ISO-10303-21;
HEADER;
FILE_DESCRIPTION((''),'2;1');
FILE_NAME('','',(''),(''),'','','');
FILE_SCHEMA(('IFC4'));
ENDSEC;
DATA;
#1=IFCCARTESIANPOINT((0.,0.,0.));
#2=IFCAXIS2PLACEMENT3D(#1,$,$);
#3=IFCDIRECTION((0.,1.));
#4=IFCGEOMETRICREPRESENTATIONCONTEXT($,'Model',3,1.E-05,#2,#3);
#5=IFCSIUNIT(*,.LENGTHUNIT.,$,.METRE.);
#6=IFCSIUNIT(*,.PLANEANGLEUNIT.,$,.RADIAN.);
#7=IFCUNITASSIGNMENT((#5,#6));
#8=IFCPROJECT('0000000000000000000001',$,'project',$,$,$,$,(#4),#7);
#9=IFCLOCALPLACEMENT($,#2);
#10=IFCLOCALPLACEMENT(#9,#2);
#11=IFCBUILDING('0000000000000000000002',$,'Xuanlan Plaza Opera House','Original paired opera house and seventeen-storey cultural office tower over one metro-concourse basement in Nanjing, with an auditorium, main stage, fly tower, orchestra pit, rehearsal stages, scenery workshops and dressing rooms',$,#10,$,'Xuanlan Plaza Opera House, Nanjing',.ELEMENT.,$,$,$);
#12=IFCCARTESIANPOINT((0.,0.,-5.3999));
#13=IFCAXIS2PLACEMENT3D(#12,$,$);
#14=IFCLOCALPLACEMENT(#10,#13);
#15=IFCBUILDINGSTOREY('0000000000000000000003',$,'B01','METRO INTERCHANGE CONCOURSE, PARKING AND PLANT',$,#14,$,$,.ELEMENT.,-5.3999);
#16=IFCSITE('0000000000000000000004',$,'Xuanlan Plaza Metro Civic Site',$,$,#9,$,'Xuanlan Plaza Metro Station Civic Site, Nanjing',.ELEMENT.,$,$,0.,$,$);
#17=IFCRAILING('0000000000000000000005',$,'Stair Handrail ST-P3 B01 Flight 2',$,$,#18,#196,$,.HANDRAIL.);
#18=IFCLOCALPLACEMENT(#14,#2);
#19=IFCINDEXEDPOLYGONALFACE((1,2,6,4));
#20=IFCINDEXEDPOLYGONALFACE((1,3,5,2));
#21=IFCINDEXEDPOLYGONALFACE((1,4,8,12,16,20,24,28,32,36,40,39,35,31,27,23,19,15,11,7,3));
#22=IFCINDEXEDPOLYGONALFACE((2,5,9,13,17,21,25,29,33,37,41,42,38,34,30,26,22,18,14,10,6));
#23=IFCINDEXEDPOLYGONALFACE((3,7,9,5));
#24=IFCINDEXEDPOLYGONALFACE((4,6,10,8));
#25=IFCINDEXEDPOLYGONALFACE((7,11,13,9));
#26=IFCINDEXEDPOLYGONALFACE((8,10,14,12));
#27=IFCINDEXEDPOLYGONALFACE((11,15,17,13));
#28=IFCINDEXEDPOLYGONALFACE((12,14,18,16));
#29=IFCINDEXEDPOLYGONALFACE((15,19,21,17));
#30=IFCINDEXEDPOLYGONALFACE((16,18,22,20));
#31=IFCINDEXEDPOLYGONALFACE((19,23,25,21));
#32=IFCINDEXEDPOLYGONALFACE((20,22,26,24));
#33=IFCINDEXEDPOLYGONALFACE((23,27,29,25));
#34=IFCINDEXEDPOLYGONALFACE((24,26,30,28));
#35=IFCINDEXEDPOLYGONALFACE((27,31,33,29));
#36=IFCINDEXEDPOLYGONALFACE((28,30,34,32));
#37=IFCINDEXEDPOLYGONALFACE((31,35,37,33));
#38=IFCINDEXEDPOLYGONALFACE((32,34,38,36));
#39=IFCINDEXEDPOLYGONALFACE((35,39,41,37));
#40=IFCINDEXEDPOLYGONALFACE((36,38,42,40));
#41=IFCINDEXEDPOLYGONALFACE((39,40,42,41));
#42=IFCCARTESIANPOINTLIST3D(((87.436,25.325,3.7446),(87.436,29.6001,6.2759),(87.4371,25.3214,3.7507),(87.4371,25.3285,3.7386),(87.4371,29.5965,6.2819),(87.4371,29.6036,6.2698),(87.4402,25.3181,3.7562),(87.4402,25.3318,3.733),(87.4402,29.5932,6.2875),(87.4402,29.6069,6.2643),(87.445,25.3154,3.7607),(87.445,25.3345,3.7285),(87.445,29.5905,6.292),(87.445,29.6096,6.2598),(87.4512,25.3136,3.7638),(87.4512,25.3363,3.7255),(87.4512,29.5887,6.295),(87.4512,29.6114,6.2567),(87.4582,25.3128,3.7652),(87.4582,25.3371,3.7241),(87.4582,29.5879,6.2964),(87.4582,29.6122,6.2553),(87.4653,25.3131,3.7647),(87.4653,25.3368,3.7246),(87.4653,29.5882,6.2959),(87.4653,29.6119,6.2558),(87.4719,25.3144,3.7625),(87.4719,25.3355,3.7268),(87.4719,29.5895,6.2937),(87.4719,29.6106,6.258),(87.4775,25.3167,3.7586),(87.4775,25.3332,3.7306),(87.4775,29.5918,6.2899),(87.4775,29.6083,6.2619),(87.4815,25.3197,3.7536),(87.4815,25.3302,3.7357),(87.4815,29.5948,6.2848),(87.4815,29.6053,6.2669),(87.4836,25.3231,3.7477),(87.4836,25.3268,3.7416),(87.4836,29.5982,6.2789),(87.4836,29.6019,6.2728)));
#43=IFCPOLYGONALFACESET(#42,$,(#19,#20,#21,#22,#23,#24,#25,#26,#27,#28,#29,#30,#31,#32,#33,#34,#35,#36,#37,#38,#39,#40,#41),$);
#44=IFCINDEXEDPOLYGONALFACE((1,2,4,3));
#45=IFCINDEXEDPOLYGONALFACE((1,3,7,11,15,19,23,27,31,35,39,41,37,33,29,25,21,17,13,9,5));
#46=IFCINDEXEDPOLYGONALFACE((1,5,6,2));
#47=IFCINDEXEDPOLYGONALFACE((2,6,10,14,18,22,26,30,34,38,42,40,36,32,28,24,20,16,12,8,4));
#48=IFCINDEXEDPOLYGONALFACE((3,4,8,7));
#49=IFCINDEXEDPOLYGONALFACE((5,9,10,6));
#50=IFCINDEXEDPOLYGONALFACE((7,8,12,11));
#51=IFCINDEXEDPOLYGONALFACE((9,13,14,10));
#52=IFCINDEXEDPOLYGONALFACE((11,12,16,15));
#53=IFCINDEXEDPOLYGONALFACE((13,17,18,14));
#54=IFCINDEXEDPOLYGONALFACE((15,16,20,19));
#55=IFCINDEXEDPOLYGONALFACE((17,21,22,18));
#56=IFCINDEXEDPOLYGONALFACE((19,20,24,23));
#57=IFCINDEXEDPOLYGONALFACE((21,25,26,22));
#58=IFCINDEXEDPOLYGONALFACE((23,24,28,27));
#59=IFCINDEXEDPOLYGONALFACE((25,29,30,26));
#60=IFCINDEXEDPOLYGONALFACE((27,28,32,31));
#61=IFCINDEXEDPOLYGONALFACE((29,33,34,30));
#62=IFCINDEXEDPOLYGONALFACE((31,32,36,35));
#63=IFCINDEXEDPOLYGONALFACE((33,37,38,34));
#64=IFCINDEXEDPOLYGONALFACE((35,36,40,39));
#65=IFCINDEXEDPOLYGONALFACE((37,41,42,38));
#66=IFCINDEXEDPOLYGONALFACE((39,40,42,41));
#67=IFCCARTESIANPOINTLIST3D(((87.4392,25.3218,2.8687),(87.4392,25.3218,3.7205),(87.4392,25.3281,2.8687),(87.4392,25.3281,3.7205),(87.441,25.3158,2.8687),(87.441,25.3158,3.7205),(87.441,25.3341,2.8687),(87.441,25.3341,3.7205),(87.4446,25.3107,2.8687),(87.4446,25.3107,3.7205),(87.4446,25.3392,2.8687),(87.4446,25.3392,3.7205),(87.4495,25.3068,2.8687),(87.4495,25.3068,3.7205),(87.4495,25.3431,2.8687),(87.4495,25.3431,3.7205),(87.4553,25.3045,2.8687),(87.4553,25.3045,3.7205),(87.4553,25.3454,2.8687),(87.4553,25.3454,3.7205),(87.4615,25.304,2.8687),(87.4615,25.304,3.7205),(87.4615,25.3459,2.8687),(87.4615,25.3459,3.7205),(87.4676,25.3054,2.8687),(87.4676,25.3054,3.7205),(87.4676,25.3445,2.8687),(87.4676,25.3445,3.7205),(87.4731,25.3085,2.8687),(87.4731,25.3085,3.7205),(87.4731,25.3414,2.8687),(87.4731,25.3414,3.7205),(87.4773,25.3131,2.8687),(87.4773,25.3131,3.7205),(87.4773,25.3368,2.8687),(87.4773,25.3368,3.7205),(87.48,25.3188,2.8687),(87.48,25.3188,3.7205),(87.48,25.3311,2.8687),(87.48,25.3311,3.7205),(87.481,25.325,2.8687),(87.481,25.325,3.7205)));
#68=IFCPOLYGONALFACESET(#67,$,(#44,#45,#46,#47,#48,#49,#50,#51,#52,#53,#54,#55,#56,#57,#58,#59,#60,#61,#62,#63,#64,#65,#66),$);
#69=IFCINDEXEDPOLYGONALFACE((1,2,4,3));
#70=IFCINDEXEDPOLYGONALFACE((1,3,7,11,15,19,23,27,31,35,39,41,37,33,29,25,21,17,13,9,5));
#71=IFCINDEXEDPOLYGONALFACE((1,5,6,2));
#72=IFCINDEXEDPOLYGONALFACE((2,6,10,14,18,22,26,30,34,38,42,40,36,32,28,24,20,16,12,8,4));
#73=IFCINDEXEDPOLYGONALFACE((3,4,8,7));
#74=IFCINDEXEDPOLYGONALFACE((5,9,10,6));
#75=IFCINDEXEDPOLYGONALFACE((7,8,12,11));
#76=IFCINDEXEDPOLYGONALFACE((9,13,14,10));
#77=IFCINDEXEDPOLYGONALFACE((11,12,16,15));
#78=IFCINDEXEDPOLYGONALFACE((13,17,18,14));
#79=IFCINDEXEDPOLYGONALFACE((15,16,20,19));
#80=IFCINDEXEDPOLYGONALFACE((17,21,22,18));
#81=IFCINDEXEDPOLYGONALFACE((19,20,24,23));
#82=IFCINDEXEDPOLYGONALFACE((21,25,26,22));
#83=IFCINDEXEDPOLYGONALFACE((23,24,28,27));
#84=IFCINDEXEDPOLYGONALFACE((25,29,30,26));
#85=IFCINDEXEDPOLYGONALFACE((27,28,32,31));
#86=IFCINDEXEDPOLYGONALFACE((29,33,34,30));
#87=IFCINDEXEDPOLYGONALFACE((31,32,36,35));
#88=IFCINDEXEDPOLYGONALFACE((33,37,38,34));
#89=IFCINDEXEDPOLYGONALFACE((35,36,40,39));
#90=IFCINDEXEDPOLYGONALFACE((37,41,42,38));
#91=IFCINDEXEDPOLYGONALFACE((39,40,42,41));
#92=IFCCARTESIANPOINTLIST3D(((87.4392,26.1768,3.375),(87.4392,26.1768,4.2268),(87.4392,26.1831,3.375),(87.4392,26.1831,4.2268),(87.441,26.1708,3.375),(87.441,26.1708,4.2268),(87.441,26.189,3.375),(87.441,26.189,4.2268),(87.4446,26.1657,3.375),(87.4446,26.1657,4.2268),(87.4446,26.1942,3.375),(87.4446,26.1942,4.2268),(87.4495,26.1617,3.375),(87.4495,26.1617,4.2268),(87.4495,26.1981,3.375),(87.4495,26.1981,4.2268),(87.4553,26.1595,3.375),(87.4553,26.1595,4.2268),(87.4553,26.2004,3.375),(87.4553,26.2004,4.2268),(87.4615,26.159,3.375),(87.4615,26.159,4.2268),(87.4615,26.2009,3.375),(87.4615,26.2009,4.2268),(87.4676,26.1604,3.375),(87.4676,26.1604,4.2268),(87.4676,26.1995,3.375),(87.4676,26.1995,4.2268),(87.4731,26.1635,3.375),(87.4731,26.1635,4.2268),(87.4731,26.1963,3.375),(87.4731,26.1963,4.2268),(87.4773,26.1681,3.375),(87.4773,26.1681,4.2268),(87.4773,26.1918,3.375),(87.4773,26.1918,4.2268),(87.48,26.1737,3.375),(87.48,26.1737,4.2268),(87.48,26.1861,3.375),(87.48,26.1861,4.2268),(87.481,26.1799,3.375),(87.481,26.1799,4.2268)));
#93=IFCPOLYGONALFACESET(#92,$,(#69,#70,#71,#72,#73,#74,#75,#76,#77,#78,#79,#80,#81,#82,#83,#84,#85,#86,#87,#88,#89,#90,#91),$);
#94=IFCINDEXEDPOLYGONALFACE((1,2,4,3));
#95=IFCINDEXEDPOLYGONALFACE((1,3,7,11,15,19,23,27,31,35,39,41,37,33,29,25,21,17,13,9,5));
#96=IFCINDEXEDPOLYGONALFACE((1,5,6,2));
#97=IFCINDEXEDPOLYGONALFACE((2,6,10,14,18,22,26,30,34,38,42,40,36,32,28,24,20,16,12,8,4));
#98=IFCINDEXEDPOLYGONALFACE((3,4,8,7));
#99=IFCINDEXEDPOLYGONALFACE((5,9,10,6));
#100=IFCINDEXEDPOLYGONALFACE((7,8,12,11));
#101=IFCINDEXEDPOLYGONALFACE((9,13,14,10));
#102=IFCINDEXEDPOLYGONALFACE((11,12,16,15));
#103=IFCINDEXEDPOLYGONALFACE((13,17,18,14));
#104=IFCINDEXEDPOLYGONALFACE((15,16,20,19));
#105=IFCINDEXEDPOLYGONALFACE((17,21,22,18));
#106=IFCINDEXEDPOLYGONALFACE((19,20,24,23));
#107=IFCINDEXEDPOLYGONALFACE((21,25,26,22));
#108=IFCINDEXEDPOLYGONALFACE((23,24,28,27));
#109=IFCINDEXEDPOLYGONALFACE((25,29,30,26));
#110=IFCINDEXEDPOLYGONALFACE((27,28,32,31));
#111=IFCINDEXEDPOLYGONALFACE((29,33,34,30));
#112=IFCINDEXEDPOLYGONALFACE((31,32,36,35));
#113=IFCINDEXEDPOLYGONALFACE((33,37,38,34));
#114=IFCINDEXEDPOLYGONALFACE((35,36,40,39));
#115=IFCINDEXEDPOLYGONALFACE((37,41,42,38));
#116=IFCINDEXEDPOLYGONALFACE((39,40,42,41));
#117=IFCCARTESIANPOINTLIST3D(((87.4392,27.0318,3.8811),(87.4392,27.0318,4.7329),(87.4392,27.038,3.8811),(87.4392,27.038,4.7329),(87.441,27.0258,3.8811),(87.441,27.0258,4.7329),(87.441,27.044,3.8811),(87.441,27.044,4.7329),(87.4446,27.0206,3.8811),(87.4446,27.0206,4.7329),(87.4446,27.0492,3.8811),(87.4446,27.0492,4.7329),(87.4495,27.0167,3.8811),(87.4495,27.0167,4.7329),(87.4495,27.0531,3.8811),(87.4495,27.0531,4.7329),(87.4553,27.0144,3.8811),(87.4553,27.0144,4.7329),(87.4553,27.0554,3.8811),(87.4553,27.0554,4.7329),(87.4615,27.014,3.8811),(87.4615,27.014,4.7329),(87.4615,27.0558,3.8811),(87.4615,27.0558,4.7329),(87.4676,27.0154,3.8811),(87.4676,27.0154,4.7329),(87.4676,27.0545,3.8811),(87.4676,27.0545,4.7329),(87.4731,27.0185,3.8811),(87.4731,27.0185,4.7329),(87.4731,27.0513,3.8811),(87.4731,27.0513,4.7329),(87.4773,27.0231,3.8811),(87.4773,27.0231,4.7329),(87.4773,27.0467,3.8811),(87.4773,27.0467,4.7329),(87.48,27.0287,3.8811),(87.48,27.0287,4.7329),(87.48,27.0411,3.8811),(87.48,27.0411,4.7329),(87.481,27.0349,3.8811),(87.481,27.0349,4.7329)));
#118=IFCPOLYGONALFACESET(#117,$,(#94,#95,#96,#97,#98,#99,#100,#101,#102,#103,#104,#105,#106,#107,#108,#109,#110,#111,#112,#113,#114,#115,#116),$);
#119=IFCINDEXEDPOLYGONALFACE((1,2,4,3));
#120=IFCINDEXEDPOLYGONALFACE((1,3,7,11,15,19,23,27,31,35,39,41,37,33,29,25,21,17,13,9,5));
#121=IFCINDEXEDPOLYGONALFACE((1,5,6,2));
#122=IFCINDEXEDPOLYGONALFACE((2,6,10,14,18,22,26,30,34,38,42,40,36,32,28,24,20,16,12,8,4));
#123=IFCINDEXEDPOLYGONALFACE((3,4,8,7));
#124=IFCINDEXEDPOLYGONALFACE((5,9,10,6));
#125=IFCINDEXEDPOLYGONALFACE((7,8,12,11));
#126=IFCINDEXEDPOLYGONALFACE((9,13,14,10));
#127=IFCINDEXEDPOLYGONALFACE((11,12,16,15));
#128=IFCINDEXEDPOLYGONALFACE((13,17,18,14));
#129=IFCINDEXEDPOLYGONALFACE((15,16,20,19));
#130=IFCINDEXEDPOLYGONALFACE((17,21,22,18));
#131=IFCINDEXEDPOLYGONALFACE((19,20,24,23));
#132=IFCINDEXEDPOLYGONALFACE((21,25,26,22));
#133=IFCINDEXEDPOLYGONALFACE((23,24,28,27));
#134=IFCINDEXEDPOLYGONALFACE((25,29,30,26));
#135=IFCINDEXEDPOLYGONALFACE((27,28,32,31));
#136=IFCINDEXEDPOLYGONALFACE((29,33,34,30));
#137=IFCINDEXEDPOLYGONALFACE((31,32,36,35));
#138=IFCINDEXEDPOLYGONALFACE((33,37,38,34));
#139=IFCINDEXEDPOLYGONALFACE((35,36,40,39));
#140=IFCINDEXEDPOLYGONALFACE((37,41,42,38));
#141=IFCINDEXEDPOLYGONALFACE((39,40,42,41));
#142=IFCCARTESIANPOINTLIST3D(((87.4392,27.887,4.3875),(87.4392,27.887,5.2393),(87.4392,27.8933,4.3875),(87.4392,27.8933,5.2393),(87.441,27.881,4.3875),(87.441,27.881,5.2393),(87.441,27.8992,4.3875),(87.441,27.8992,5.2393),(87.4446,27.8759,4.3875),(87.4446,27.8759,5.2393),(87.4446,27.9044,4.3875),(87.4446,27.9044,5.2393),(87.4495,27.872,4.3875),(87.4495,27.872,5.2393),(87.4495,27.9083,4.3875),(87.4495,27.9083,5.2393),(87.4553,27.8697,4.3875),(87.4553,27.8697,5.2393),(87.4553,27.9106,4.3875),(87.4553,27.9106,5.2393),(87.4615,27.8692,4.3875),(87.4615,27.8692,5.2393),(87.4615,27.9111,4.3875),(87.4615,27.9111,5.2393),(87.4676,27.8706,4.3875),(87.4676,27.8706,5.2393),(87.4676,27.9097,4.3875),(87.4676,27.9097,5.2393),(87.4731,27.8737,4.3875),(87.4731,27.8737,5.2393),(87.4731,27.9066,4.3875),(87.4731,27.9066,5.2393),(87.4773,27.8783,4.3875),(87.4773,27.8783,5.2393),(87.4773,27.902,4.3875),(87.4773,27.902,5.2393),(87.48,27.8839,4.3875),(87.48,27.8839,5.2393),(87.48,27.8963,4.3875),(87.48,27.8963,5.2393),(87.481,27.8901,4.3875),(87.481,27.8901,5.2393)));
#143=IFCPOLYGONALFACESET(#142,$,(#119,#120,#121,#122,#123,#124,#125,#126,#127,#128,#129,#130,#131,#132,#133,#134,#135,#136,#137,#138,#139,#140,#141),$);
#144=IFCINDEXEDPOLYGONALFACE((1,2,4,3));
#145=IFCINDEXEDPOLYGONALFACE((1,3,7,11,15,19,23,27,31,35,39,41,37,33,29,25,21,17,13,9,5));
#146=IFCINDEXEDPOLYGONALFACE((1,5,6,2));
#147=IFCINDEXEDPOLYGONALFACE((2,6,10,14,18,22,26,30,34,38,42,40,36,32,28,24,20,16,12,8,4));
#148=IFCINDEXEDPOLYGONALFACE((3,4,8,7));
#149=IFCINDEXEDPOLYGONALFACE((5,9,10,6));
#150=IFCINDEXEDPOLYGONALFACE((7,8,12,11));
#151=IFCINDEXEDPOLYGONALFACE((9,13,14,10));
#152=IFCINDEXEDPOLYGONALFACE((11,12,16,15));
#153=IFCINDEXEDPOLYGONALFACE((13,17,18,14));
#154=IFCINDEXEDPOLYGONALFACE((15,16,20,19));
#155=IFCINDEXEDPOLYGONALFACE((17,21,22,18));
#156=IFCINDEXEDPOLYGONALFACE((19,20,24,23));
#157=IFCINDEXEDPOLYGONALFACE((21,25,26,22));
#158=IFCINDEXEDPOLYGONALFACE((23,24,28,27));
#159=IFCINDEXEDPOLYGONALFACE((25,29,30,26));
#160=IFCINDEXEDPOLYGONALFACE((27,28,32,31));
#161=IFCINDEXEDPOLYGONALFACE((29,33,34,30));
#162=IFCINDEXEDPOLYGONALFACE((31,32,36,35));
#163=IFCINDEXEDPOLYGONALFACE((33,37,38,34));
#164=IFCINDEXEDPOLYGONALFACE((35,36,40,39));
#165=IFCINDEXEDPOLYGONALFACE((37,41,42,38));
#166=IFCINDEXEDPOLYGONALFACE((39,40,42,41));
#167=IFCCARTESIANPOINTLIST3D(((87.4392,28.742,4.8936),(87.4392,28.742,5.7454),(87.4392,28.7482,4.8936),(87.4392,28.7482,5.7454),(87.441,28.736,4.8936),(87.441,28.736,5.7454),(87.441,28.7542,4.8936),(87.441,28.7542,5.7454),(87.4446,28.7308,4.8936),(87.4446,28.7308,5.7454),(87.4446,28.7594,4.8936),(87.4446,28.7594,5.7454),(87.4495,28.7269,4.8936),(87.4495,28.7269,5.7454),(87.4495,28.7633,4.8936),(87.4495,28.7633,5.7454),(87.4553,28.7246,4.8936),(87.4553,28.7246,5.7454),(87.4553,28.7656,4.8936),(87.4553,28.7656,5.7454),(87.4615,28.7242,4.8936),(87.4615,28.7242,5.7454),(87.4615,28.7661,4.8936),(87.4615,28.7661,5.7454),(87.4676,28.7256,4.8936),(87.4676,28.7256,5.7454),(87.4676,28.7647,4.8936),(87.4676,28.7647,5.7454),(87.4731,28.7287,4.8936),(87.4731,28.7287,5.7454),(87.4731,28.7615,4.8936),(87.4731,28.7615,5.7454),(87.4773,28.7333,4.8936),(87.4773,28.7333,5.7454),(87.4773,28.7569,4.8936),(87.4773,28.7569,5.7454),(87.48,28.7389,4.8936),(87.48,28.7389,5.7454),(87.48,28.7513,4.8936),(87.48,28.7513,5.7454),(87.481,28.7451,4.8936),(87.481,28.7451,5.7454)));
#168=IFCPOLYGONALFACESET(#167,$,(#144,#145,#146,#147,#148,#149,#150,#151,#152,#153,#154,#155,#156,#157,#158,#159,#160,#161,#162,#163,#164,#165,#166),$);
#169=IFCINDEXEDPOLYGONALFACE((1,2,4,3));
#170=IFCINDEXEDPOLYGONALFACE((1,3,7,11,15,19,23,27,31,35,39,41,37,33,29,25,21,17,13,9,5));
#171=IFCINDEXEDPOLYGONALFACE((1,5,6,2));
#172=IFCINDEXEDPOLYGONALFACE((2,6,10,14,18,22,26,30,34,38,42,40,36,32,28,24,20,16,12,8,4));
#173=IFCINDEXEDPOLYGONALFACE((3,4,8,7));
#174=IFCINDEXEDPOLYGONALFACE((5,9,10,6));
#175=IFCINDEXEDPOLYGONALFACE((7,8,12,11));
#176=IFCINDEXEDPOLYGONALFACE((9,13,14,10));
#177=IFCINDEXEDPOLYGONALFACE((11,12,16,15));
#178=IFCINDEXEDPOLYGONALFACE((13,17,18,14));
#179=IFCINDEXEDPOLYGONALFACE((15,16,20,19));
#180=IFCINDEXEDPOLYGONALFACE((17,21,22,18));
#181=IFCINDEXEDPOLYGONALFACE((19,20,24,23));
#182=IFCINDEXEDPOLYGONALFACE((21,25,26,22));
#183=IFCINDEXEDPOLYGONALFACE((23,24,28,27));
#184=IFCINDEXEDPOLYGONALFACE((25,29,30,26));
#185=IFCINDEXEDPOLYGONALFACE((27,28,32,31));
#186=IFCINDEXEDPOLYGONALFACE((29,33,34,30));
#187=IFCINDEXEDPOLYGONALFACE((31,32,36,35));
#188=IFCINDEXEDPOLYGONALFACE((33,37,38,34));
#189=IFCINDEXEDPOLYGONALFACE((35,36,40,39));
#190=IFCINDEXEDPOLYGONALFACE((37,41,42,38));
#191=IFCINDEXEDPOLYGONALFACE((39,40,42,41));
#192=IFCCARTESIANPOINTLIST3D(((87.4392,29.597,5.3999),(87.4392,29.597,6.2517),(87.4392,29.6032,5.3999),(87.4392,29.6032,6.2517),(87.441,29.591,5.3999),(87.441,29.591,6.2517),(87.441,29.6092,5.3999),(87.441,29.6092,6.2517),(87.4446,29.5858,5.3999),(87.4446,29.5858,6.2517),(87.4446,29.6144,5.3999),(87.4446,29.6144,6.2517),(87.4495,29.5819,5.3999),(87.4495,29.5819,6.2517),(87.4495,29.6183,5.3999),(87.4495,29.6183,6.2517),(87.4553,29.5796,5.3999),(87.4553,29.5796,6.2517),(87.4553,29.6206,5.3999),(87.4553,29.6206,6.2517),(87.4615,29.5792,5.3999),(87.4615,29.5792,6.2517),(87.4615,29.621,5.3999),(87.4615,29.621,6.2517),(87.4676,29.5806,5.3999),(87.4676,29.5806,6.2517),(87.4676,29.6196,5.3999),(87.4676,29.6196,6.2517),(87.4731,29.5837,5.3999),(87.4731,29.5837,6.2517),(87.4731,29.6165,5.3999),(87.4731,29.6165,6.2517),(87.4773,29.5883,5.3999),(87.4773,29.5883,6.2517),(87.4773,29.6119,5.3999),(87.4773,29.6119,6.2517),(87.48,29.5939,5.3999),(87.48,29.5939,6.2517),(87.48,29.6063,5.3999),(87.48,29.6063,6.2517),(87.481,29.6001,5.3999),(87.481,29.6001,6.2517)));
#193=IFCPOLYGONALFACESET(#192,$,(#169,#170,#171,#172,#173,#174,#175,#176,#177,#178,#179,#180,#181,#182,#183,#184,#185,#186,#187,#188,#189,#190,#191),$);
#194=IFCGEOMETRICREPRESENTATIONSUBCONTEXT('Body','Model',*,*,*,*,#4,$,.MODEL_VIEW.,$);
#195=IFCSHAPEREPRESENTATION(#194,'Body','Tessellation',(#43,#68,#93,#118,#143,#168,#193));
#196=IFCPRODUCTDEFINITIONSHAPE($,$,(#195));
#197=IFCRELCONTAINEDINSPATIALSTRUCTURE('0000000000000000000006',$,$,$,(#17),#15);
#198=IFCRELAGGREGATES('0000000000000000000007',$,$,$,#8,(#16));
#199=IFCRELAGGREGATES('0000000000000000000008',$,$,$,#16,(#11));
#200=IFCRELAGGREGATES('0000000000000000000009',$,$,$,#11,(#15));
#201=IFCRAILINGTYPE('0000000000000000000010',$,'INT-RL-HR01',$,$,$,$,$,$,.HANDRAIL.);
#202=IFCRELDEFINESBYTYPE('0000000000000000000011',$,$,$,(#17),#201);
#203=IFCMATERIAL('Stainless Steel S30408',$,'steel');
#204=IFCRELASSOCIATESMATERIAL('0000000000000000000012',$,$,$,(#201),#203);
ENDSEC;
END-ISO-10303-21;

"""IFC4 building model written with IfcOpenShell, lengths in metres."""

from ifc_helpers import new_model, si_unit, direction, frame, origin, origin_2d, place, context, subcontext, project, spatial, circle, extrude, material, type_object, element, save


model = new_model("IFC4")

# Units and contexts
model_context = context("Model", 3, precision=1e-05, world=origin(), true_north=direction((0.0, 1.0)))
body_context = subcontext(model_context, "Body", "Model", "MODEL_VIEW")
ifc_project = project(units=[si_unit("LENGTHUNIT", "METRE"), si_unit("PLANEANGLEUNIT", "RADIAN")], contexts=[model_context])

# Site, building, storey
site_placement = place(None, origin())
site = spatial("IfcSite", under=ifc_project, at=site_placement, Name="Xuanlan Plaza Metro Civic Site", LongName="Xuanlan Plaza Metro Station Civic Site, Nanjing", CompositionType="ELEMENT", RefElevation=0.0)
building_placement = place(site_placement, origin())
building = spatial("IfcBuilding", under=site, at=building_placement, Name="Xuanlan Plaza Opera House", Description="Original paired opera house and seventeen-storey cultural office tower over one metro-concourse basement in Nanjing, with an auditorium, main stage, fly tower, orchestra pit, rehearsal stages, scenery workshops and dressing rooms", LongName="Xuanlan Plaza Opera House, Nanjing", CompositionType="ELEMENT")
storey_placement = place(building_placement, frame((0.0, 0.0, -5.3999)))
storey = spatial("IfcBuildingStorey", under=building, at=storey_placement, Name="B01", Description="METRO INTERCHANGE CONCOURSE, PARKING AND PLANT", CompositionType="ELEMENT", Elevation=-5.3999)

# Railing
ifc_material_1 = material(Name="Stainless Steel S30408", Category="steel")
railing_type = type_object("IfcRailingType", Name="INT-RL-HR01", PredefinedType="HANDRAIL", material=ifc_material_1)
for number, where, name in (
    (1, (87.46, 25.325, 2.8687), "Stair Handrail ST-P3 B01 Flight 2"),
):
    element("IfcRailing", number, at=place(storey_placement, frame(where)), inside=storey, type_object=railing_type, Name=name, PredefinedType="HANDRAIL", context=body_context, shape_type="SweptSolid", body=[
        extrude(circle(Radius=0.0239, at=origin_2d()), frame((0.0, 0.0, 0.876), z_axis=(0.0, 0.860483, 0.509479), x_axis=(-1.0, 0.0, 0.0)), (0.0, 0.0, 1.0), 4.9683),
        extrude(circle(Radius=0.021, at=origin_2d()), origin(), (0.0, 0.0, 1.0), 0.8518),
        extrude(circle(Radius=0.021, at=origin_2d()), frame((0.0, 0.855, 0.5063)), (0.0, 0.0, 1.0), 0.8518),
        extrude(circle(Radius=0.021, at=origin_2d()), frame((0.0, 1.71, 1.0125)), (0.0, 0.0, 1.0), 0.8518),
        extrude(circle(Radius=0.021, at=origin_2d()), frame((0.0, 2.5652, 1.5188)), (0.0, 0.0, 1.0), 0.8518),
        extrude(circle(Radius=0.021, at=origin_2d()), frame((0.0, 3.4202, 2.0249)), (0.0, 0.0, 1.0), 0.8518),
        extrude(circle(Radius=0.021, at=origin_2d()), frame((0.0, 4.2751, 2.5312)), (0.0, 0.0, 1.0), 0.8518),
    ])

save(model, "model.ifc")
